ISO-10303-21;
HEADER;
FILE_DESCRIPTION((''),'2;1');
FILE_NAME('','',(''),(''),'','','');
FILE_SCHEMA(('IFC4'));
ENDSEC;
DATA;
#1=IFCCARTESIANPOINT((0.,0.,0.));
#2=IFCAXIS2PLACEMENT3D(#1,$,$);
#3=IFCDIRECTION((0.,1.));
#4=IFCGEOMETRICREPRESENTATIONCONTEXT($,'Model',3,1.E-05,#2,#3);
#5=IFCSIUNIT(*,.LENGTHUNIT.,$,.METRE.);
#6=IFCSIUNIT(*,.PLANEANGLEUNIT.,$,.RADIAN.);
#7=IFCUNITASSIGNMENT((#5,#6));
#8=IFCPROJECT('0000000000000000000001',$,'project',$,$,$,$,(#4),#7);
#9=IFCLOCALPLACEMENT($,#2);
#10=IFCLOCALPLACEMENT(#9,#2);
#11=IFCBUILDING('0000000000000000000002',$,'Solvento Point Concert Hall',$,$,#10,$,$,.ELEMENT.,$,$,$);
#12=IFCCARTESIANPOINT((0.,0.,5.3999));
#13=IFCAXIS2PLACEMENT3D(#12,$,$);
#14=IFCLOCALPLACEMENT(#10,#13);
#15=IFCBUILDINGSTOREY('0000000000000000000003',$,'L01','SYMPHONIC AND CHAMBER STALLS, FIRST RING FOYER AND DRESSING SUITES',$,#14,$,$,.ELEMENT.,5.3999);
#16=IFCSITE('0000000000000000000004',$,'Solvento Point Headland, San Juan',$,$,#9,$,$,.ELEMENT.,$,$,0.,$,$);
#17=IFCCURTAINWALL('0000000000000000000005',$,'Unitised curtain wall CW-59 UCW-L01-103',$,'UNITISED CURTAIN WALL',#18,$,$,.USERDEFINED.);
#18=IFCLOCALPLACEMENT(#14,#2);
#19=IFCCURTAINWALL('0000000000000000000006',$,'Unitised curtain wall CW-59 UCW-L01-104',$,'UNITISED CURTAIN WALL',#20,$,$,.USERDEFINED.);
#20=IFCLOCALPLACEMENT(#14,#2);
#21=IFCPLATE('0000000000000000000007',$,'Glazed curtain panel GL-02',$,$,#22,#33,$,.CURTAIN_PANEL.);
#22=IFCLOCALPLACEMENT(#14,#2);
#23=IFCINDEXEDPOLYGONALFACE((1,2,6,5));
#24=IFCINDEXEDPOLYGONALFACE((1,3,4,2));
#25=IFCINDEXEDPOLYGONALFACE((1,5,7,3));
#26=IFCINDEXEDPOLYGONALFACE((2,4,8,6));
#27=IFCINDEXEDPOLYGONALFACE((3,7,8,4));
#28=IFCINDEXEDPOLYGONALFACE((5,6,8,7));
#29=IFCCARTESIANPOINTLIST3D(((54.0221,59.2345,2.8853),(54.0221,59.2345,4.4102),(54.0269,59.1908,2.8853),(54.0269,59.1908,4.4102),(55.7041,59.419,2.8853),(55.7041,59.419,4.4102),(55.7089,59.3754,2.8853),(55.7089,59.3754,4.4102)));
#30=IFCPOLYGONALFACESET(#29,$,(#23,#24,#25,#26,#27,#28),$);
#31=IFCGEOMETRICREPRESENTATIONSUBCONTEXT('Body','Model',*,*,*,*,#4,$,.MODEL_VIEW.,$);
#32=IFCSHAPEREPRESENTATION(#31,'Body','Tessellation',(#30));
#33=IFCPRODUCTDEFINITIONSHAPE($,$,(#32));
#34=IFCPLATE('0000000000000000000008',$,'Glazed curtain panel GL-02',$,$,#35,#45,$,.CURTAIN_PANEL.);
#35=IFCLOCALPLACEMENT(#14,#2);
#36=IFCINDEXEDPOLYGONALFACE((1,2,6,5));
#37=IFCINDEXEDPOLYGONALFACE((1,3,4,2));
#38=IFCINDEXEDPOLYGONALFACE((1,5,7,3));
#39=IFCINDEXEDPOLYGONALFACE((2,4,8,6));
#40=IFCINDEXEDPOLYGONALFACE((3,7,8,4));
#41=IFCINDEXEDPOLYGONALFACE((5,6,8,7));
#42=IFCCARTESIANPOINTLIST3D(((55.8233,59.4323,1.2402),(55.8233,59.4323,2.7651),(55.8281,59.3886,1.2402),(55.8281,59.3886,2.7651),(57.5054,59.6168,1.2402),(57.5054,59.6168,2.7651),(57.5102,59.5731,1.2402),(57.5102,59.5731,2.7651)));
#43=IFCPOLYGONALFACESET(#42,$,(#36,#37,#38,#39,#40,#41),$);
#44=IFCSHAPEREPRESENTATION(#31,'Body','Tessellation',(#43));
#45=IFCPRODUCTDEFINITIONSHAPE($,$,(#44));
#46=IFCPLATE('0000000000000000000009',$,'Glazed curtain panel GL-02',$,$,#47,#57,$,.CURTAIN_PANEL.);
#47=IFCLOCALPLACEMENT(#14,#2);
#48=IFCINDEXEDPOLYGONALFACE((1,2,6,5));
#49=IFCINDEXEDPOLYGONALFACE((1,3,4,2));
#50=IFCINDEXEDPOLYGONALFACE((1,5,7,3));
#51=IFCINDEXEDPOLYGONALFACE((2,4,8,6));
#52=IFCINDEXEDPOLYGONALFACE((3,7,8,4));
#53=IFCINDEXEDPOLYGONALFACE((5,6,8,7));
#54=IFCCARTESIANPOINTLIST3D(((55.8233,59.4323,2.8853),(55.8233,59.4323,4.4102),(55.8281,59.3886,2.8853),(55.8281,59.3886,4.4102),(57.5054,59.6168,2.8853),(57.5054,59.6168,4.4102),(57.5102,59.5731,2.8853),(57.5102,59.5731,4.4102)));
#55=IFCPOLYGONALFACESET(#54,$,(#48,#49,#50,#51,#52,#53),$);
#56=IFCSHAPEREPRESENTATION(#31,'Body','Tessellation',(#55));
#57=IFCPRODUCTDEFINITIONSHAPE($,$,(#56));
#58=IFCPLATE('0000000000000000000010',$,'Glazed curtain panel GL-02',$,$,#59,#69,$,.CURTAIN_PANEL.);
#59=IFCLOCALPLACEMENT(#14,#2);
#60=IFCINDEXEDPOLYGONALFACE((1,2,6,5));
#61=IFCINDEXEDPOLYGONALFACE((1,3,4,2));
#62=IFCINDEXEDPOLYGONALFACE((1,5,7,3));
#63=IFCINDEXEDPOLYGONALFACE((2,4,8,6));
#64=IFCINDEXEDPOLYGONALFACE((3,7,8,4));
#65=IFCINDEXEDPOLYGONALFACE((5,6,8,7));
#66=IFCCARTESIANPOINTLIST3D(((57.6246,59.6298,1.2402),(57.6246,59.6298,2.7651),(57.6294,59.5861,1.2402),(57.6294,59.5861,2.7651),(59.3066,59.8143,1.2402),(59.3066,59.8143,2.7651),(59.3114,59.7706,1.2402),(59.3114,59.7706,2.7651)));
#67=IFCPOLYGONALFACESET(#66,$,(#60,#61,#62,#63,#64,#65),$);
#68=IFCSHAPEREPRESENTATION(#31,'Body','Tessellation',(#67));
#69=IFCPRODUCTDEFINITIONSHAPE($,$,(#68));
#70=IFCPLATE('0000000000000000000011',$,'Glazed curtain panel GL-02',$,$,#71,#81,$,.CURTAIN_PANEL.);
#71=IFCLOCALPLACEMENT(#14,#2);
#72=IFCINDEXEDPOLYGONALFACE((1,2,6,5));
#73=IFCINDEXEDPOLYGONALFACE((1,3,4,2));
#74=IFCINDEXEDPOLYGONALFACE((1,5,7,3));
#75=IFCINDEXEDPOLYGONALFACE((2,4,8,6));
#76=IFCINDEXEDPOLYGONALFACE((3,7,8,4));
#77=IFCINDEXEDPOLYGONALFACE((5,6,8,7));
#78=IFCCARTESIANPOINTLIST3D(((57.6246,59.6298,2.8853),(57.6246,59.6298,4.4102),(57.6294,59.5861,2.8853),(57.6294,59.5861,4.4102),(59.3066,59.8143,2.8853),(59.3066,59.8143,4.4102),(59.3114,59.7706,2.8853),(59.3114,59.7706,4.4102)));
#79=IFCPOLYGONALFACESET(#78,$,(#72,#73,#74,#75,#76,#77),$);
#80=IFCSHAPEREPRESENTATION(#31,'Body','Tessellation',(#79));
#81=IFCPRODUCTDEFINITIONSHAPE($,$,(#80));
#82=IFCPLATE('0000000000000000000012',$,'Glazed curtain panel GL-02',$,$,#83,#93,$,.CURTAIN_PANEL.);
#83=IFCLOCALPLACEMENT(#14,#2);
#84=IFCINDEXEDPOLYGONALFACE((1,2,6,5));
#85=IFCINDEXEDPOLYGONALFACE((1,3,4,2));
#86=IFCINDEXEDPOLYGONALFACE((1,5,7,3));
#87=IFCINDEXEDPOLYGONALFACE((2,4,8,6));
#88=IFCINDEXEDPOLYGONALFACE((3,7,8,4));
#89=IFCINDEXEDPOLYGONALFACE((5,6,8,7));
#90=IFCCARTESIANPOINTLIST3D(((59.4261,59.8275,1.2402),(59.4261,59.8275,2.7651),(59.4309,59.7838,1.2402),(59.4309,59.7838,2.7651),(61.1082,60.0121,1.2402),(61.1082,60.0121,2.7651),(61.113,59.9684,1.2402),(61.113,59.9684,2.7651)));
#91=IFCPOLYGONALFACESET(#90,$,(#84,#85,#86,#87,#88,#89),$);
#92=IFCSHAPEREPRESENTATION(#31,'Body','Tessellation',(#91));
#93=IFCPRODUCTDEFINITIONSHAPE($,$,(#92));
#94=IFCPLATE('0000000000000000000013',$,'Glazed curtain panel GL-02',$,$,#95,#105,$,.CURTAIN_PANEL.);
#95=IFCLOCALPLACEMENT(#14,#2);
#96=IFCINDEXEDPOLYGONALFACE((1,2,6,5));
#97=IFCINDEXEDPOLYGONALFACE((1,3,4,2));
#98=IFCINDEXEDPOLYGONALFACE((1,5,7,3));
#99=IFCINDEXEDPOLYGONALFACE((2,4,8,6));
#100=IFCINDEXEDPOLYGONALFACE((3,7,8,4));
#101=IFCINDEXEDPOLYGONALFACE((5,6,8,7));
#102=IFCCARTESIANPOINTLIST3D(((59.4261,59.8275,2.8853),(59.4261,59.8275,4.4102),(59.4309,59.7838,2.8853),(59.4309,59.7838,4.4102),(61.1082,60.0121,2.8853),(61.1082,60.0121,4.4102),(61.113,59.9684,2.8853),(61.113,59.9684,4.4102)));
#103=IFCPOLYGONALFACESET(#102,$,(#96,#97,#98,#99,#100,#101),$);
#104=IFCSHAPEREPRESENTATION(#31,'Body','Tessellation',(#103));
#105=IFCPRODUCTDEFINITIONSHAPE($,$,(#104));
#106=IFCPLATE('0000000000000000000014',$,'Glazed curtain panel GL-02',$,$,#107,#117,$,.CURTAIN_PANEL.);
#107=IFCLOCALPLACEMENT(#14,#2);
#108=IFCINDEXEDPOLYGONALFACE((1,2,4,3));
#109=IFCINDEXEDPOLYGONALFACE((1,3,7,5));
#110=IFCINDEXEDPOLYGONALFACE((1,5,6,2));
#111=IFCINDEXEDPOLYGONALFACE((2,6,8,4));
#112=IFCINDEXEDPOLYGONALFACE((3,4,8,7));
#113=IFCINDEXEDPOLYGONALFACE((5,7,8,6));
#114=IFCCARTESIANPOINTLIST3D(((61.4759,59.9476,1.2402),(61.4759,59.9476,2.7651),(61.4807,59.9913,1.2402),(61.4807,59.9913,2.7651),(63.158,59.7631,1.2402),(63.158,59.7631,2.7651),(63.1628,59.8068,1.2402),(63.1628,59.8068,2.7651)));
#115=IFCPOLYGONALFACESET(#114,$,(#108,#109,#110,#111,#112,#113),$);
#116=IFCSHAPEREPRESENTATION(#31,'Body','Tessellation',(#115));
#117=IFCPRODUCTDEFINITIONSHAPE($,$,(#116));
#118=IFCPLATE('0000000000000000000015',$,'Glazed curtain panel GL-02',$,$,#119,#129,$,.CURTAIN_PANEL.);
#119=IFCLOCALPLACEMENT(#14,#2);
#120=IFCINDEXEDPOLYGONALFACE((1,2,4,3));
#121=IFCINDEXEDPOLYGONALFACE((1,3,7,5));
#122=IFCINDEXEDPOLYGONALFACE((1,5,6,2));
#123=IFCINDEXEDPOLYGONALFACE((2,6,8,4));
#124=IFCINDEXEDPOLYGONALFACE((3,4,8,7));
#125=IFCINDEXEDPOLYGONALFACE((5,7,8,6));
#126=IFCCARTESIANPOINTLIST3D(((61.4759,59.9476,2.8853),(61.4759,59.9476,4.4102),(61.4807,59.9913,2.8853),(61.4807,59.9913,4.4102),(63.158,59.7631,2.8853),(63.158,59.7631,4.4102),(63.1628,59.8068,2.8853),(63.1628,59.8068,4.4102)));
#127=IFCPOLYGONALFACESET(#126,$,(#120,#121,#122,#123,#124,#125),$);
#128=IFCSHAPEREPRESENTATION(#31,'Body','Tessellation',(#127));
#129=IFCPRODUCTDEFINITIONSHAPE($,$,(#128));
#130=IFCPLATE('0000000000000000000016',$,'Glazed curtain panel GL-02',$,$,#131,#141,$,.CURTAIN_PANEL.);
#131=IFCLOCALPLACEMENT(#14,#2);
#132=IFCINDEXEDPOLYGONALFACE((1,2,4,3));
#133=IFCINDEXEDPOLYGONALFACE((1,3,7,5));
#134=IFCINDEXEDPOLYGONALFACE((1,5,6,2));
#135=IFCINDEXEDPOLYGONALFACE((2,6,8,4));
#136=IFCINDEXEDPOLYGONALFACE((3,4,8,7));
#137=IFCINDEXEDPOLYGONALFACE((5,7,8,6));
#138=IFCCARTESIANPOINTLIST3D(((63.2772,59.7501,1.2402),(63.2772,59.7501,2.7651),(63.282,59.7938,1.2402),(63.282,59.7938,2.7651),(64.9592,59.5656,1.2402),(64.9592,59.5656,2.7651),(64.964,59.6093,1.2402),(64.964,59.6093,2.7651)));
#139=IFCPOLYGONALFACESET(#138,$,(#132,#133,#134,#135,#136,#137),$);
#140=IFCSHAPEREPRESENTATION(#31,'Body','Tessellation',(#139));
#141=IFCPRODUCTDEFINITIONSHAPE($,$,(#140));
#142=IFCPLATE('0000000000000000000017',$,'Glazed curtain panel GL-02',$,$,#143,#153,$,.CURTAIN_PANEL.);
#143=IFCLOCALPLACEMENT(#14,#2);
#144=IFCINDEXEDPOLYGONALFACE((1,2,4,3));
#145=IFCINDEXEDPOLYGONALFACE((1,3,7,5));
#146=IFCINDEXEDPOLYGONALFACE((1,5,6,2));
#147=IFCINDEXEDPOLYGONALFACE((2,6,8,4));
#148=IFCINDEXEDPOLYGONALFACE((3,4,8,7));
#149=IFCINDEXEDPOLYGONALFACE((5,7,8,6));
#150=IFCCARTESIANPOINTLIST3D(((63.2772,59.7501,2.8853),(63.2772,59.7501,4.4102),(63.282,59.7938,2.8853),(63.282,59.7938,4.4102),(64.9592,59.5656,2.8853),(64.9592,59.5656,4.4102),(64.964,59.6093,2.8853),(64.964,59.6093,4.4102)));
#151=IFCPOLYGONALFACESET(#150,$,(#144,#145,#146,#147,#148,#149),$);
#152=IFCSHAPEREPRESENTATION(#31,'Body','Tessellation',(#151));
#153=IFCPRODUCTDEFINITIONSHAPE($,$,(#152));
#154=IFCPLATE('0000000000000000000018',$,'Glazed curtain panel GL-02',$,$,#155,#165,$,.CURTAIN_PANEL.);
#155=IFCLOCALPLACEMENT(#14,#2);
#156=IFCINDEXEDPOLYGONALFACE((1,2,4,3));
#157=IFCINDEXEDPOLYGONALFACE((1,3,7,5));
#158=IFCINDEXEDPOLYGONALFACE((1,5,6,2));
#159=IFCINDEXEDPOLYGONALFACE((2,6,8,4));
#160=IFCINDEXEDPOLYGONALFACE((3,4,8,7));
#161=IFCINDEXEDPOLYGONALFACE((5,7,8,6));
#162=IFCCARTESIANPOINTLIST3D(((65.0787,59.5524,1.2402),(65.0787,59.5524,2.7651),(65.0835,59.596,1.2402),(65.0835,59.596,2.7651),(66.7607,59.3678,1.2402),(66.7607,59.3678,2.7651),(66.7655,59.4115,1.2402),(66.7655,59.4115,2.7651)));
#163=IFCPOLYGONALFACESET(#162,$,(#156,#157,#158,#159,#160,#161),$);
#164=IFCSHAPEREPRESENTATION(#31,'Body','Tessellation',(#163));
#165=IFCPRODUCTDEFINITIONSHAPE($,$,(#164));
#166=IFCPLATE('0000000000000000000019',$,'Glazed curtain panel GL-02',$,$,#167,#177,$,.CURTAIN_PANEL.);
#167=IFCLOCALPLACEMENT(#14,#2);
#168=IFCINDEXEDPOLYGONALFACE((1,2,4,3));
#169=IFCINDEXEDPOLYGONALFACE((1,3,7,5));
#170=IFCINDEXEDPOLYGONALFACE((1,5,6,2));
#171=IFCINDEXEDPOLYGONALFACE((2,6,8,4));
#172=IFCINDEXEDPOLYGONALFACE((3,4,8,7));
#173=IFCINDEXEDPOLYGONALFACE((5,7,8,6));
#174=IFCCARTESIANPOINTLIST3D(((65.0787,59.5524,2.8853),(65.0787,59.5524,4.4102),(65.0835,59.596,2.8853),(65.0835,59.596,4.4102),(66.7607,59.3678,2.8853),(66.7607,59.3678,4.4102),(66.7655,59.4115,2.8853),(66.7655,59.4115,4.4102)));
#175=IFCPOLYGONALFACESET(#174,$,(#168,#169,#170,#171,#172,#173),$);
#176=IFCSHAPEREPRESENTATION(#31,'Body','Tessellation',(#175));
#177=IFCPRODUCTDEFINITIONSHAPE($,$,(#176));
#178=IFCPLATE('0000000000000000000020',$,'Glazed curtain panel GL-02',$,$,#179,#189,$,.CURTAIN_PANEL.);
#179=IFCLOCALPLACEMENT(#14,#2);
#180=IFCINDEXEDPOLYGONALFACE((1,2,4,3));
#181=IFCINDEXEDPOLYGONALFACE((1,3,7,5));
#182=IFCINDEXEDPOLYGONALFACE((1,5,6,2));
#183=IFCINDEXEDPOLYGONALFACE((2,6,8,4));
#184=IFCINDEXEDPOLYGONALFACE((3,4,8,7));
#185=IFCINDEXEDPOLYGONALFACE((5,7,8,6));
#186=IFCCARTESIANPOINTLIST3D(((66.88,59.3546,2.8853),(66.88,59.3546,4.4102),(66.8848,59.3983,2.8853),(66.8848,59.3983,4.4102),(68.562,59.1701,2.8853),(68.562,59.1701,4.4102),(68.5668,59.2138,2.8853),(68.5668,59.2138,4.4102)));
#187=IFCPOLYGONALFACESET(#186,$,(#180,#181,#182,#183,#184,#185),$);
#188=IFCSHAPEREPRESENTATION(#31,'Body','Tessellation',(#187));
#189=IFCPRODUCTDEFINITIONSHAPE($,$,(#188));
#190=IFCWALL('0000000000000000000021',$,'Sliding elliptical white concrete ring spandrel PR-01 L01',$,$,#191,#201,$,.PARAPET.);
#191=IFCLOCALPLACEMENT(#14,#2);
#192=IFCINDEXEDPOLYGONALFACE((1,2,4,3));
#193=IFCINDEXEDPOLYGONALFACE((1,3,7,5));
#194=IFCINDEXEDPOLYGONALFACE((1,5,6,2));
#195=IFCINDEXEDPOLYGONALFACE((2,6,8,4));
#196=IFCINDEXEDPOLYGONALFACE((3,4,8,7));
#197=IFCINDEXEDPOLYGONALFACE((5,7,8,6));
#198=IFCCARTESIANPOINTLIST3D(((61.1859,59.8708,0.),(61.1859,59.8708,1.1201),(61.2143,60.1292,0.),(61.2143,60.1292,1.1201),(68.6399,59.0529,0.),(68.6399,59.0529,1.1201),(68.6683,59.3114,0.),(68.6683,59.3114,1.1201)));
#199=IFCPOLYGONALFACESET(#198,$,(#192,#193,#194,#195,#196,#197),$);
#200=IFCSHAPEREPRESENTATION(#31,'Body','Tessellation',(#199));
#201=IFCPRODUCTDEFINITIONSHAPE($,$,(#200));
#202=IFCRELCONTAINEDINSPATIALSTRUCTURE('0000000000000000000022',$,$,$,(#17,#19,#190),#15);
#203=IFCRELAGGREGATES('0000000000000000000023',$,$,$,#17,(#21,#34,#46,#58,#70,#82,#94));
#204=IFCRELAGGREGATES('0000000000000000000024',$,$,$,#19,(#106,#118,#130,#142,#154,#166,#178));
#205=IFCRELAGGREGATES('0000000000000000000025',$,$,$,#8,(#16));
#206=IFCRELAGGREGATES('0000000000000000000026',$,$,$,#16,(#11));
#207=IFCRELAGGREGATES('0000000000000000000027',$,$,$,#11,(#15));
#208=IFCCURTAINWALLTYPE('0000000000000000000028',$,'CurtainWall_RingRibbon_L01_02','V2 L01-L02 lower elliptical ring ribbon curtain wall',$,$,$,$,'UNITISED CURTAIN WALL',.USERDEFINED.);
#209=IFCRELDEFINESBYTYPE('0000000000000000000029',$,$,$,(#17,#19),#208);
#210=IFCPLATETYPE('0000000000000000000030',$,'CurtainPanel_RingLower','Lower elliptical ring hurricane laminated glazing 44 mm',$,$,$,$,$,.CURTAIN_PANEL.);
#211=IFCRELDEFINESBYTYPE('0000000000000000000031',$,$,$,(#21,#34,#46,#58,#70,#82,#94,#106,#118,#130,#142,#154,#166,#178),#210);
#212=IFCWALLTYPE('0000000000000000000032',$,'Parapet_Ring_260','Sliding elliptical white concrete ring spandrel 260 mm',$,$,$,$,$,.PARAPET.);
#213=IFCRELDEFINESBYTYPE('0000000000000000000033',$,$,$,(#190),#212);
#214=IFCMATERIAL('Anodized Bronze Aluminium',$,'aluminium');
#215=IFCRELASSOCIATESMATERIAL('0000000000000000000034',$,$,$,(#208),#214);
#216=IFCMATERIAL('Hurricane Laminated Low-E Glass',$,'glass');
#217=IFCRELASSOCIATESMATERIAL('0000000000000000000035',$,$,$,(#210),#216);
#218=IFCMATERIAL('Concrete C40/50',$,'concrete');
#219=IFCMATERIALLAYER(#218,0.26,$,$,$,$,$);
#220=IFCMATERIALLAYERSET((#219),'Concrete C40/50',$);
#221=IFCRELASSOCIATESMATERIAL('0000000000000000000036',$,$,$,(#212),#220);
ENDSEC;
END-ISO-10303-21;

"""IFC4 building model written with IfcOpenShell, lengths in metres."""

from ifc_helpers import new_model, si_unit, direction, frame, frame_2d, origin, origin_2d, place, context, subcontext, project, spatial, rectangle, extrude, material, layer, layer_set, type_object, element, aggregate, save


model = new_model("IFC4")

# Units and contexts
model_context = context("Model", 3, precision=1e-05, world=origin(), true_north=direction((0.0, 1.0)))
body_context = subcontext(model_context, "Body", "Model", "MODEL_VIEW")
ifc_project = project(units=[si_unit("LENGTHUNIT", "METRE"), si_unit("PLANEANGLEUNIT", "RADIAN")], contexts=[model_context])

# Site, building, storey
site_placement = place(None, origin())
site = spatial("IfcSite", under=ifc_project, at=site_placement, Name="Solvento Point Headland, San Juan", CompositionType="ELEMENT", RefElevation=0.0)
building_placement = place(site_placement, origin())
building = spatial("IfcBuilding", under=site, at=building_placement, Name="Solvento Point Concert Hall", CompositionType="ELEMENT")
storey_placement = place(building_placement, frame((0.0, 0.0, 5.3999)))
storey = spatial("IfcBuildingStorey", under=building, at=storey_placement, Name="L01", Description="SYMPHONIC AND CHAMBER STALLS, FIRST RING FOYER AND DRESSING SUITES", CompositionType="ELEMENT", Elevation=5.3999)

# Curtain walls
ifc_material_1 = material(Name="Anodized Bronze Aluminium", Category="aluminium")
curtain_wall_type = type_object("IfcCurtainWallType", Name="CurtainWall_RingRibbon_L01_02", Description="V2 L01-L02 lower elliptical ring ribbon curtain wall", ElementType="UNITISED CURTAIN WALL", PredefinedType="USERDEFINED", material=ifc_material_1)
curtain_wall_1_placement = place(storey_placement, origin())
curtain_wall_1 = element("IfcCurtainWall", 1, at=curtain_wall_1_placement, inside=storey, type_object=curtain_wall_type, Name="Unitised curtain wall CW-59 UCW-L01-103", ObjectType="UNITISED CURTAIN WALL", PredefinedType="USERDEFINED")
curtain_wall_2_placement = place(storey_placement, origin())
curtain_wall_2 = element("IfcCurtainWall", 2, at=curtain_wall_2_placement, inside=storey, type_object=curtain_wall_type, Name="Unitised curtain wall CW-59 UCW-L01-104", ObjectType="UNITISED CURTAIN WALL", PredefinedType="USERDEFINED")

# Plates
ifc_material_2 = material(Name="Hurricane Laminated Low-E Glass", Category="glass")
plate_type = type_object("IfcPlateType", Name="CurtainPanel_RingLower", Description="Lower elliptical ring hurricane laminated glazing 44 mm", PredefinedType="CURTAIN_PANEL", material=ifc_material_2)
plate_1_placement = place(storey_placement, frame((54.8655, 59.3049, 2.8853), z_axis=(0.0, 0.0, 1.0), x_axis=(0.994035, 0.109058, 0.0)))
plate_1 = element("IfcPlate", 3, at=plate_1_placement, type_object=plate_type, Name="Glazed curtain panel GL-02", PredefinedType="CURTAIN_PANEL", context=body_context, shape_type="SweptSolid", body=[
    extrude(rectangle(XDim=1.6921, YDim=0.0439, at=origin_2d()), origin(), (0.0, 0.0, 1.0), 1.5249),
])
plate_2_placement = place(storey_placement, frame((56.6667, 59.5027, 1.2402), z_axis=(0.0, 0.0, 1.0), x_axis=(0.994035, 0.109058, 0.0)))
plate_2 = element("IfcPlate", 4, at=plate_2_placement, type_object=plate_type, Name="Glazed curtain panel GL-02", PredefinedType="CURTAIN_PANEL", context=body_context, shape_type="SweptSolid", body=[
    extrude(rectangle(XDim=1.6921, YDim=0.0439, at=origin_2d()), origin(), (0.0, 0.0, 1.0), 1.5249),
])
plate_3_placement = place(storey_placement, frame((56.6667, 59.5027, 2.8853), z_axis=(0.0, 0.0, 1.0), x_axis=(0.994035, 0.109058, 0.0)))
plate_3 = element("IfcPlate", 5, at=plate_3_placement, type_object=plate_type, Name="Glazed curtain panel GL-02", PredefinedType="CURTAIN_PANEL", context=body_context, shape_type="SweptSolid", body=[
    extrude(rectangle(XDim=1.6921, YDim=0.0439, at=origin_2d()), origin(), (0.0, 0.0, 1.0), 1.5249),
])
plate_4_placement = place(storey_placement, frame((58.468, 59.7002, 1.2402), z_axis=(0.0, 0.0, 1.0), x_axis=(0.994035, 0.109058, 0.0)))
plate_4 = element("IfcPlate", 6, at=plate_4_placement, type_object=plate_type, Name="Glazed curtain panel GL-02", PredefinedType="CURTAIN_PANEL", context=body_context, shape_type="SweptSolid", body=[
    extrude(rectangle(XDim=1.6921, YDim=0.0439, at=origin_2d()), origin(), (0.0, 0.0, 1.0), 1.5249),
])
plate_5_placement = place(storey_placement, frame((58.468, 59.7002, 2.8853), z_axis=(0.0, 0.0, 1.0), x_axis=(0.994035, 0.109058, 0.0)))
plate_5 = element("IfcPlate", 7, at=plate_5_placement, type_object=plate_type, Name="Glazed curtain panel GL-02", PredefinedType="CURTAIN_PANEL", context=body_context, shape_type="SweptSolid", body=[
    extrude(rectangle(XDim=1.6921, YDim=0.0439, at=origin_2d()), origin(), (0.0, 0.0, 1.0), 1.5249),
])
plate_6_placement = place(storey_placement, frame((60.2695, 59.8979, 1.2402), z_axis=(0.0, 0.0, 1.0), x_axis=(0.994035, 0.109058, 0.0)))
plate_6 = element("IfcPlate", 8, at=plate_6_placement, type_object=plate_type, Name="Glazed curtain panel GL-02", PredefinedType="CURTAIN_PANEL", context=body_context, shape_type="SweptSolid", body=[
    extrude(rectangle(XDim=1.6921, YDim=0.0439, at=origin_2d()), origin(), (0.0, 0.0, 1.0), 1.5249),
])
plate_7_placement = place(storey_placement, frame((60.2695, 59.8979, 2.8853), z_axis=(0.0, 0.0, 1.0), x_axis=(0.994035, 0.109058, 0.0)))
plate_7 = element("IfcPlate", 9, at=plate_7_placement, type_object=plate_type, Name="Glazed curtain panel GL-02", PredefinedType="CURTAIN_PANEL", context=body_context, shape_type="SweptSolid", body=[
    extrude(rectangle(XDim=1.6921, YDim=0.0439, at=origin_2d()), origin(), (0.0, 0.0, 1.0), 1.5249),
])
aggregate(curtain_wall_1, [plate_1, plate_2, plate_3, plate_4, plate_5, plate_6, plate_7])
plate_8_placement = place(storey_placement, frame((62.3193, 59.8772, 1.2402), z_axis=(0.0, 0.0, 1.0), x_axis=(0.994035, -0.109058, 0.0)))
plate_8 = element("IfcPlate", 10, at=plate_8_placement, type_object=plate_type, Name="Glazed curtain panel GL-02", PredefinedType="CURTAIN_PANEL", context=body_context, shape_type="SweptSolid", body=[
    extrude(rectangle(XDim=1.6921, YDim=0.0439, at=origin_2d()), origin(), (0.0, 0.0, 1.0), 1.5249),
])
plate_9_placement = place(storey_placement, frame((62.3193, 59.8772, 2.8853), z_axis=(0.0, 0.0, 1.0), x_axis=(0.994035, -0.109058, 0.0)))
plate_9 = element("IfcPlate", 11, at=plate_9_placement, type_object=plate_type, Name="Glazed curtain panel GL-02", PredefinedType="CURTAIN_PANEL", context=body_context, shape_type="SweptSolid", body=[
    extrude(rectangle(XDim=1.6921, YDim=0.0439, at=origin_2d()), origin(), (0.0, 0.0, 1.0), 1.5249),
])
plate_10_placement = place(storey_placement, frame((64.1206, 59.6797, 1.2402), z_axis=(0.0, 0.0, 1.0), x_axis=(0.994035, -0.109058, 0.0)))
plate_10 = element("IfcPlate", 12, at=plate_10_placement, type_object=plate_type, Name="Glazed curtain panel GL-02", PredefinedType="CURTAIN_PANEL", context=body_context, shape_type="SweptSolid", body=[
    extrude(rectangle(XDim=1.6921, YDim=0.0439, at=origin_2d()), origin(), (0.0, 0.0, 1.0), 1.5249),
])
plate_11_placement = place(storey_placement, frame((64.1206, 59.6797, 2.8853), z_axis=(0.0, 0.0, 1.0), x_axis=(0.994035, -0.109058, 0.0)))
plate_11 = element("IfcPlate", 13, at=plate_11_placement, type_object=plate_type, Name="Glazed curtain panel GL-02", PredefinedType="CURTAIN_PANEL", context=body_context, shape_type="SweptSolid", body=[
    extrude(rectangle(XDim=1.6921, YDim=0.0439, at=origin_2d()), origin(), (0.0, 0.0, 1.0), 1.5249),
])
plate_12_placement = place(storey_placement, frame((65.9221, 59.4819, 1.2402), z_axis=(0.0, 0.0, 1.0), x_axis=(0.994035, -0.109058, 0.0)))
plate_12 = element("IfcPlate", 14, at=plate_12_placement, type_object=plate_type, Name="Glazed curtain panel GL-02", PredefinedType="CURTAIN_PANEL", context=body_context, shape_type="SweptSolid", body=[
    extrude(rectangle(XDim=1.6921, YDim=0.0439, at=origin_2d()), origin(), (0.0, 0.0, 1.0), 1.5249),
])
plate_13_placement = place(storey_placement, frame((65.9221, 59.4819, 2.8853), z_axis=(0.0, 0.0, 1.0), x_axis=(0.994035, -0.109058, 0.0)))
plate_13 = element("IfcPlate", 15, at=plate_13_placement, type_object=plate_type, Name="Glazed curtain panel GL-02", PredefinedType="CURTAIN_PANEL", context=body_context, shape_type="SweptSolid", body=[
    extrude(rectangle(XDim=1.6921, YDim=0.0439, at=origin_2d()), origin(), (0.0, 0.0, 1.0), 1.5249),
])
plate_14_placement = place(storey_placement, frame((67.7234, 59.2842, 2.8853), z_axis=(0.0, 0.0, 1.0), x_axis=(0.994035, -0.109058, 0.0)))
plate_14 = element("IfcPlate", 16, at=plate_14_placement, type_object=plate_type, Name="Glazed curtain panel GL-02", PredefinedType="CURTAIN_PANEL", context=body_context, shape_type="SweptSolid", body=[
    extrude(rectangle(XDim=1.6921, YDim=0.0439, at=origin_2d()), origin(), (0.0, 0.0, 1.0), 1.5249),
])
aggregate(curtain_wall_2, [plate_8, plate_9, plate_10, plate_11, plate_12, plate_13, plate_14])

# Wall
ifc_material_3 = material(Name="Concrete C40/50", Category="concrete")
ifc_layer = layer(ifc_material_3, 0.26)
ifc_layer_set = layer_set([ifc_layer], Name="Concrete C40/50")
wall_type = type_object("IfcWallType", Name="Parapet_Ring_260", Description="Sliding elliptical white concrete ring spandrel 260 mm", PredefinedType="PARAPET", material=ifc_layer_set)
wall_placement = place(storey_placement, frame((61.2, 60.0, 0.0), z_axis=(0.0, 0.0, 1.0), x_axis=(0.994034, -0.109066, 0.0)))
element("IfcWall", 17, at=wall_placement, inside=storey, type_object=wall_type, Name="Sliding elliptical white concrete ring spandrel PR-01 L01", PredefinedType="PARAPET", context=body_context, shape_type="SweptSolid", body=[
    extrude(rectangle(XDim=7.4988, YDim=0.26, at=frame_2d((3.7495, 0.0))), origin(), (0.0, 0.0, 1.0), 1.1201),
])

save(model, "model.ifc")
